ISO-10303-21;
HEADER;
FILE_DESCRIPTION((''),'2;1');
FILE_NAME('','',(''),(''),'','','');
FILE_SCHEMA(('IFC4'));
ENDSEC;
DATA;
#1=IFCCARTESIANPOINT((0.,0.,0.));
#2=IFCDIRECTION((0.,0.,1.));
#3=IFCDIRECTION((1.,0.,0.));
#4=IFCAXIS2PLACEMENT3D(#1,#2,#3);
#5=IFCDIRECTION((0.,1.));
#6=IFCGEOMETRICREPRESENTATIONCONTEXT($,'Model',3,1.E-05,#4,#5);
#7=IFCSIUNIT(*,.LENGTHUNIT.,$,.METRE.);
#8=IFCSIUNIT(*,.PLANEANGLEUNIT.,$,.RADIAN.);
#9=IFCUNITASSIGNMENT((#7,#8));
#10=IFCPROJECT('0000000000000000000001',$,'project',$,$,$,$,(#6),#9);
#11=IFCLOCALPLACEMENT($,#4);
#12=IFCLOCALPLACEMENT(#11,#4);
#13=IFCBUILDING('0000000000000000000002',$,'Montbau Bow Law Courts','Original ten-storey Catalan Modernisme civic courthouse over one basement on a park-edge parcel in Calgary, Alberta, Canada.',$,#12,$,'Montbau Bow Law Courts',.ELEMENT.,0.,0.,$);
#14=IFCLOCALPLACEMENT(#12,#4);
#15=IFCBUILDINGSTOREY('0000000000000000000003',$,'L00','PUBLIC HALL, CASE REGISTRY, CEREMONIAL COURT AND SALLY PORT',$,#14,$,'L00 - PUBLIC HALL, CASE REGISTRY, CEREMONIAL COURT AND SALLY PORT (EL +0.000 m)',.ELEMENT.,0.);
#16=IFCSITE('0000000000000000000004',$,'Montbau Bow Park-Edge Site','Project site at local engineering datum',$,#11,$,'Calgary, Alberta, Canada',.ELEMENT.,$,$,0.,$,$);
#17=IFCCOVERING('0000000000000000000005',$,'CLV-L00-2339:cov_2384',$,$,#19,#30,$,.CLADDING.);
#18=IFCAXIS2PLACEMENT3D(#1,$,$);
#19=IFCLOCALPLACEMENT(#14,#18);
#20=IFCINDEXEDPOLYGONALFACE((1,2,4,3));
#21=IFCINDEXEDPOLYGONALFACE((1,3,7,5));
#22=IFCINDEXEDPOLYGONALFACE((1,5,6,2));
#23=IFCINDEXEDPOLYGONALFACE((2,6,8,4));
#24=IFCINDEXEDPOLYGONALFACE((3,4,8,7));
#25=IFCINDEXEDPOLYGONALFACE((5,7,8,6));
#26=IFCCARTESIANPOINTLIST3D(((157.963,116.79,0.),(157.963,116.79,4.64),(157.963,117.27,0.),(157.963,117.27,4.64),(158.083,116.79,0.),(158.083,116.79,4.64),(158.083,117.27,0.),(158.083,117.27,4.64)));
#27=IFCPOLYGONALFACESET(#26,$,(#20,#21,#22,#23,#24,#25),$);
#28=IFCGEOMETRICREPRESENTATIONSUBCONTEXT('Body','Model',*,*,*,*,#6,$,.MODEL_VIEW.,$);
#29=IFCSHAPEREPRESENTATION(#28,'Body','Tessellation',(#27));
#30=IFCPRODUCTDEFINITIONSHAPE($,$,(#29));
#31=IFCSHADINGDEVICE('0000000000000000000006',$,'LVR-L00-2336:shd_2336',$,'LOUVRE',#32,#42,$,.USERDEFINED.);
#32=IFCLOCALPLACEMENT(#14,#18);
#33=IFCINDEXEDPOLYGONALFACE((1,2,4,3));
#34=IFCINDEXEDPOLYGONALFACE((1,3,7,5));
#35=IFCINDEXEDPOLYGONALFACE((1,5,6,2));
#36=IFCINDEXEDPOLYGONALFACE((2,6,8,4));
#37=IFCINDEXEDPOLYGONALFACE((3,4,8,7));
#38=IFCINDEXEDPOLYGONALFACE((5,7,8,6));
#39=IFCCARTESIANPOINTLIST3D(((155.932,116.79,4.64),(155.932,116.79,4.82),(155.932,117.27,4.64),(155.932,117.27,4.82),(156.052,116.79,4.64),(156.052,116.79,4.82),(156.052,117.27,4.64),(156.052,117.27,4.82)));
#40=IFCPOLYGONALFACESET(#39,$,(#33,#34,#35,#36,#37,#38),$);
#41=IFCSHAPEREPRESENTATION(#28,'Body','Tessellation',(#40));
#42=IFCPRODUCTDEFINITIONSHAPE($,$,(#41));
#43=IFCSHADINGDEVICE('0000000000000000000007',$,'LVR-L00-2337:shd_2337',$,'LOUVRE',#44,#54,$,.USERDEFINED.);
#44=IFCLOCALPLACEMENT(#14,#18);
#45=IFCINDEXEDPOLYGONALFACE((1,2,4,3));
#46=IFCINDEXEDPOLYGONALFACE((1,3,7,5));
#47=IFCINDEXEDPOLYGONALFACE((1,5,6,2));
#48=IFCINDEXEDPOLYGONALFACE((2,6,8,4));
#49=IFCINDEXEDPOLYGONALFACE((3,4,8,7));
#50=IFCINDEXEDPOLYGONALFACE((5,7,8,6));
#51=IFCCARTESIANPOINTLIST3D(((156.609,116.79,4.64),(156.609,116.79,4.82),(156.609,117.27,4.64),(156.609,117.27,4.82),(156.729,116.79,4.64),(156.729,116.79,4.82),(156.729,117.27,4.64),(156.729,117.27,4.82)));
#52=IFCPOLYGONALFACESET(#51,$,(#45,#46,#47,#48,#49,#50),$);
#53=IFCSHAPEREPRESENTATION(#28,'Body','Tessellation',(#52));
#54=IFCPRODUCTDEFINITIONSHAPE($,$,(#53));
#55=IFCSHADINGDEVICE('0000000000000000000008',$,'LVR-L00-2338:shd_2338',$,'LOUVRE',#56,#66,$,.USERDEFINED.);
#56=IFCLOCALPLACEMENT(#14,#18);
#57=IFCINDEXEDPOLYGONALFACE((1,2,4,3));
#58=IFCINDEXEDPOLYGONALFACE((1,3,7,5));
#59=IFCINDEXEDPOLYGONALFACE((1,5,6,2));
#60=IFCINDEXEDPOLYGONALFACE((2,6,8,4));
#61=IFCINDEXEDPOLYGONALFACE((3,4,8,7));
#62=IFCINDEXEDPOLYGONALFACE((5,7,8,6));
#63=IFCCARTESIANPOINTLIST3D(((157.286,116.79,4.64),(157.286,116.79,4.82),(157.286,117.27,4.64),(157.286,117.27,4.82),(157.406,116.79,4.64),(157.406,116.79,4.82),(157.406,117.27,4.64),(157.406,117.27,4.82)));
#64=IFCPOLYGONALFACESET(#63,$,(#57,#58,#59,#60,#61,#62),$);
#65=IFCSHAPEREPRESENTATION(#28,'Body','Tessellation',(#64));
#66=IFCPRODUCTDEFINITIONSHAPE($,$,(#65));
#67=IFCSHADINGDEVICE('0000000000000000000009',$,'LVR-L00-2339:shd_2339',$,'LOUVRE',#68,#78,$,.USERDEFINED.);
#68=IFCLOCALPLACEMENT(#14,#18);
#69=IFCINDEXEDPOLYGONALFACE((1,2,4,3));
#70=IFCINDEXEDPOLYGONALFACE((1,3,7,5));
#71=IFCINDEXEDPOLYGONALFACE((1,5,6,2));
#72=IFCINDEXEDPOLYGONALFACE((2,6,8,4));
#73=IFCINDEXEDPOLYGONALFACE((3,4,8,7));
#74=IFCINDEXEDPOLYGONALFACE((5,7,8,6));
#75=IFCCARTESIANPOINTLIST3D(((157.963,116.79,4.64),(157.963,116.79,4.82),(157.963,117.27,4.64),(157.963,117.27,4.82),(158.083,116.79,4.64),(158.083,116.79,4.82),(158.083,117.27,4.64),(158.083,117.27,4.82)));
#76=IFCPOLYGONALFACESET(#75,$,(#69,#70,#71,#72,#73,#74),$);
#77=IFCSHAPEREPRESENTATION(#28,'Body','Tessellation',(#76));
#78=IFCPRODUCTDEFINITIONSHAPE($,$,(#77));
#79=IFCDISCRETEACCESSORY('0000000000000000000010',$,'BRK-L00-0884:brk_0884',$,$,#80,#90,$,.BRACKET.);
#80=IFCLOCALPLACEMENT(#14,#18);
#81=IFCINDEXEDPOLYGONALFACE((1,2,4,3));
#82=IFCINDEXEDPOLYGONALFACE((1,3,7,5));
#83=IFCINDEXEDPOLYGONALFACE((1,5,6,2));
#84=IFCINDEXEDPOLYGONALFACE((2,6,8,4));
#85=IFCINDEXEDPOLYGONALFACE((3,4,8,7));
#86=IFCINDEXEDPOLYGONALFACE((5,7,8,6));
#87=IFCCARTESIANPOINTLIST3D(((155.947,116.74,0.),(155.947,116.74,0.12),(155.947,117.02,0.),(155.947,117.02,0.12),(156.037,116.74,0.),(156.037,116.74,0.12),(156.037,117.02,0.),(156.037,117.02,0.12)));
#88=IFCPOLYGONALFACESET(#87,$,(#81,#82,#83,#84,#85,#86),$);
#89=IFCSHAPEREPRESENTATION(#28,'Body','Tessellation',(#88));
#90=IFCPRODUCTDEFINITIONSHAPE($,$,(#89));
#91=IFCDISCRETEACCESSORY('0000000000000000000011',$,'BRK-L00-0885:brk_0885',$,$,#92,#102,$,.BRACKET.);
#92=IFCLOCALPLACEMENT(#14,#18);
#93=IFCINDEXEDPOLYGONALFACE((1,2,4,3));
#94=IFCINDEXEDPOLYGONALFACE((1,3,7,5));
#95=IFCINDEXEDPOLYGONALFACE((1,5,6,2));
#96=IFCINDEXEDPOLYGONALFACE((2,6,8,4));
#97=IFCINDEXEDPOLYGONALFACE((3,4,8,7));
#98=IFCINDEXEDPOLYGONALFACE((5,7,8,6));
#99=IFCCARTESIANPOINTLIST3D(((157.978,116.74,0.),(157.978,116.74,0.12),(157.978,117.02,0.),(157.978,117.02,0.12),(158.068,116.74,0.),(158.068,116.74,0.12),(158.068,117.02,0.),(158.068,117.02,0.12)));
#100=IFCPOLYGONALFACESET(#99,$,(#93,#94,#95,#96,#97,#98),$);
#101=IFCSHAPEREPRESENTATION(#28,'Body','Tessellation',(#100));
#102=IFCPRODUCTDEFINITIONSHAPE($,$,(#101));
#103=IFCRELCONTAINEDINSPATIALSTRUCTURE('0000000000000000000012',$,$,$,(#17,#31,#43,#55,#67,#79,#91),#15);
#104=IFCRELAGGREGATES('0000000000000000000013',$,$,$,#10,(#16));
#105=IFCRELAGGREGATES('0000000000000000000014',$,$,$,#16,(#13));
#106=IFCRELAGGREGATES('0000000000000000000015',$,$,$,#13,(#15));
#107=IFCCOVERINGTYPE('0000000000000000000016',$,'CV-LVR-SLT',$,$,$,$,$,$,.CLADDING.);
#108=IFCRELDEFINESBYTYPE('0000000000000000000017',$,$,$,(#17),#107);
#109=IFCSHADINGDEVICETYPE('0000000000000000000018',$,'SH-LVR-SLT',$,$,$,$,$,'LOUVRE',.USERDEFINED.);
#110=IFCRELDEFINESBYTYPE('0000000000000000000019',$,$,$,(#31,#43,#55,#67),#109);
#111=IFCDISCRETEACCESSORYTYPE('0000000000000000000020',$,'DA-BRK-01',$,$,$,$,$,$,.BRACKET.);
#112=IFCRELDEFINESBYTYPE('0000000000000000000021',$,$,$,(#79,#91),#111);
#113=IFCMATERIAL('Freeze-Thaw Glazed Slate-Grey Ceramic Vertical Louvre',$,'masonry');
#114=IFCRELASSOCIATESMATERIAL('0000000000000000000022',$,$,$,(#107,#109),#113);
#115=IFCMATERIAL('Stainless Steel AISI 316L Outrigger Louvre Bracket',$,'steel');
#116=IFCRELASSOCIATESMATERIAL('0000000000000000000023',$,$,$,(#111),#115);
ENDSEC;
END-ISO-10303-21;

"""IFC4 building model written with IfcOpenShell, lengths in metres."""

from ifc_helpers import new_model, si_unit, direction, frame, frame_2d, origin_with_axes, origin_2d_with_axis, place, context, subcontext, project, spatial, rectangle, extrude, material, type_object, element, save


model = new_model("IFC4")

# Units and contexts
model_context = context("Model", 3, precision=1e-05, world=origin_with_axes(), true_north=direction((0.0, 1.0)))
body_context = subcontext(model_context, "Body", "Model", "MODEL_VIEW")
ifc_project = project(units=[si_unit("LENGTHUNIT", "METRE"), si_unit("PLANEANGLEUNIT", "RADIAN")], contexts=[model_context])

# Site, building, storey
site_placement = place(None, origin_with_axes())
site = spatial("IfcSite", under=ifc_project, at=site_placement, Name="Montbau Bow Park-Edge Site", Description="Project site at local engineering datum", LongName="Calgary, Alberta, Canada", CompositionType="ELEMENT", RefElevation=0.0)
building_placement = place(site_placement, origin_with_axes())
building = spatial("IfcBuilding", under=site, at=building_placement, Name="Montbau Bow Law Courts", Description="Original ten-storey Catalan Modernisme civic courthouse over one basement on a park-edge parcel in Calgary, Alberta, Canada.", LongName="Montbau Bow Law Courts", CompositionType="ELEMENT", ElevationOfRefHeight=0.0, ElevationOfTerrain=0.0)
storey_placement = place(building_placement, origin_with_axes())
storey = spatial("IfcBuildingStorey", under=building, at=storey_placement, Name="L00", Description="PUBLIC HALL, CASE REGISTRY, CEREMONIAL COURT AND SALLY PORT", LongName="L00 - PUBLIC HALL, CASE REGISTRY, CEREMONIAL COURT AND SALLY PORT (EL +0.000 m)", CompositionType="ELEMENT", Elevation=0.0)

# Covering
ifc_material_1 = material(Name="Freeze-Thaw Glazed Slate-Grey Ceramic Vertical Louvre", Category="masonry")
covering_type = type_object("IfcCoveringType", Name="CV-LVR-SLT", PredefinedType="CLADDING", material=ifc_material_1)
for number, where, z_axis, x_axis, name in (
    (1, (158.023, 116.79, 0.0), (1.0, 0.0, 0.0), (0.0, 1.0, 0.0), "CLV-L00-2339:cov_2384"),
):
    element("IfcCovering", number, at=place(None, frame(where, z_axis=z_axis, x_axis=x_axis)), inside=storey, type_object=covering_type, Name=name, PredefinedType="CLADDING", context=body_context, shape_type="SweptSolid", body=[
        extrude(rectangle(XDim=0.48, YDim=4.64, at=frame_2d((0.24, 2.32), x_axis=(1.0, 0.0))), frame((0.0, 0.0, -0.06), z_axis=(0.0, 0.0, 1.0), x_axis=(1.0, 0.0, 0.0)), (0.0, 0.0, 1.0), 0.12),
    ])

# Shading devices
shading_device_type = type_object("IfcShadingDeviceType", Name="SH-LVR-SLT", ElementType="LOUVRE", PredefinedType="USERDEFINED", material=ifc_material_1)
for number, where, z_axis, x_axis, name in (
    (2, (155.992, 117.03, 4.64), (0.0, 0.0, 1.0), (0.0, 1.0, 0.0), "LVR-L00-2336:shd_2336"),
    (3, (156.669, 117.03, 4.64), (0.0, 0.0, 1.0), (0.0, 1.0, 0.0), "LVR-L00-2337:shd_2337"),
    (4, (157.346, 117.03, 4.64), (0.0, 0.0, 1.0), (0.0, 1.0, 0.0), "LVR-L00-2338:shd_2338"),
    (5, (158.023, 117.03, 4.64), (0.0, 0.0, 1.0), (0.0, 1.0, 0.0), "LVR-L00-2339:shd_2339"),
):
    element("IfcShadingDevice", number, at=place(None, frame(where, z_axis=z_axis, x_axis=x_axis)), inside=storey, type_object=shading_device_type, Name=name, ObjectType="LOUVRE", PredefinedType="USERDEFINED", context=body_context, shape_type="SweptSolid", body=[
        extrude(rectangle(XDim=0.48, YDim=0.12, at=origin_2d_with_axis()), origin_with_axes(), (0.0, 0.0, 1.0), 0.18),
    ])

# Discrete accessories
ifc_material_2 = material(Name="Stainless Steel AISI 316L Outrigger Louvre Bracket", Category="steel")
discrete_accessory_type = type_object("IfcDiscreteAccessoryType", Name="DA-BRK-01", PredefinedType="BRACKET", material=ifc_material_2)
for number, where, z_axis, x_axis, name in (
    (6, (155.992, 116.88, 0.0), (0.0, 0.0, 1.0), (0.0, 1.0, 0.0), "BRK-L00-0884:brk_0884"),
    (7, (158.023, 116.88, 0.0), (0.0, 0.0, 1.0), (0.0, 1.0, 0.0), "BRK-L00-0885:brk_0885"),
):
    element("IfcDiscreteAccessory", number, at=place(None, frame(where, z_axis=z_axis, x_axis=x_axis)), inside=storey, type_object=discrete_accessory_type, Name=name, PredefinedType="BRACKET", context=body_context, shape_type="SweptSolid", body=[
        extrude(rectangle(XDim=0.28, YDim=0.09, at=origin_2d_with_axis()), origin_with_axes(), (0.0, 0.0, 1.0), 0.12),
    ])

save(model, "model.ifc")
